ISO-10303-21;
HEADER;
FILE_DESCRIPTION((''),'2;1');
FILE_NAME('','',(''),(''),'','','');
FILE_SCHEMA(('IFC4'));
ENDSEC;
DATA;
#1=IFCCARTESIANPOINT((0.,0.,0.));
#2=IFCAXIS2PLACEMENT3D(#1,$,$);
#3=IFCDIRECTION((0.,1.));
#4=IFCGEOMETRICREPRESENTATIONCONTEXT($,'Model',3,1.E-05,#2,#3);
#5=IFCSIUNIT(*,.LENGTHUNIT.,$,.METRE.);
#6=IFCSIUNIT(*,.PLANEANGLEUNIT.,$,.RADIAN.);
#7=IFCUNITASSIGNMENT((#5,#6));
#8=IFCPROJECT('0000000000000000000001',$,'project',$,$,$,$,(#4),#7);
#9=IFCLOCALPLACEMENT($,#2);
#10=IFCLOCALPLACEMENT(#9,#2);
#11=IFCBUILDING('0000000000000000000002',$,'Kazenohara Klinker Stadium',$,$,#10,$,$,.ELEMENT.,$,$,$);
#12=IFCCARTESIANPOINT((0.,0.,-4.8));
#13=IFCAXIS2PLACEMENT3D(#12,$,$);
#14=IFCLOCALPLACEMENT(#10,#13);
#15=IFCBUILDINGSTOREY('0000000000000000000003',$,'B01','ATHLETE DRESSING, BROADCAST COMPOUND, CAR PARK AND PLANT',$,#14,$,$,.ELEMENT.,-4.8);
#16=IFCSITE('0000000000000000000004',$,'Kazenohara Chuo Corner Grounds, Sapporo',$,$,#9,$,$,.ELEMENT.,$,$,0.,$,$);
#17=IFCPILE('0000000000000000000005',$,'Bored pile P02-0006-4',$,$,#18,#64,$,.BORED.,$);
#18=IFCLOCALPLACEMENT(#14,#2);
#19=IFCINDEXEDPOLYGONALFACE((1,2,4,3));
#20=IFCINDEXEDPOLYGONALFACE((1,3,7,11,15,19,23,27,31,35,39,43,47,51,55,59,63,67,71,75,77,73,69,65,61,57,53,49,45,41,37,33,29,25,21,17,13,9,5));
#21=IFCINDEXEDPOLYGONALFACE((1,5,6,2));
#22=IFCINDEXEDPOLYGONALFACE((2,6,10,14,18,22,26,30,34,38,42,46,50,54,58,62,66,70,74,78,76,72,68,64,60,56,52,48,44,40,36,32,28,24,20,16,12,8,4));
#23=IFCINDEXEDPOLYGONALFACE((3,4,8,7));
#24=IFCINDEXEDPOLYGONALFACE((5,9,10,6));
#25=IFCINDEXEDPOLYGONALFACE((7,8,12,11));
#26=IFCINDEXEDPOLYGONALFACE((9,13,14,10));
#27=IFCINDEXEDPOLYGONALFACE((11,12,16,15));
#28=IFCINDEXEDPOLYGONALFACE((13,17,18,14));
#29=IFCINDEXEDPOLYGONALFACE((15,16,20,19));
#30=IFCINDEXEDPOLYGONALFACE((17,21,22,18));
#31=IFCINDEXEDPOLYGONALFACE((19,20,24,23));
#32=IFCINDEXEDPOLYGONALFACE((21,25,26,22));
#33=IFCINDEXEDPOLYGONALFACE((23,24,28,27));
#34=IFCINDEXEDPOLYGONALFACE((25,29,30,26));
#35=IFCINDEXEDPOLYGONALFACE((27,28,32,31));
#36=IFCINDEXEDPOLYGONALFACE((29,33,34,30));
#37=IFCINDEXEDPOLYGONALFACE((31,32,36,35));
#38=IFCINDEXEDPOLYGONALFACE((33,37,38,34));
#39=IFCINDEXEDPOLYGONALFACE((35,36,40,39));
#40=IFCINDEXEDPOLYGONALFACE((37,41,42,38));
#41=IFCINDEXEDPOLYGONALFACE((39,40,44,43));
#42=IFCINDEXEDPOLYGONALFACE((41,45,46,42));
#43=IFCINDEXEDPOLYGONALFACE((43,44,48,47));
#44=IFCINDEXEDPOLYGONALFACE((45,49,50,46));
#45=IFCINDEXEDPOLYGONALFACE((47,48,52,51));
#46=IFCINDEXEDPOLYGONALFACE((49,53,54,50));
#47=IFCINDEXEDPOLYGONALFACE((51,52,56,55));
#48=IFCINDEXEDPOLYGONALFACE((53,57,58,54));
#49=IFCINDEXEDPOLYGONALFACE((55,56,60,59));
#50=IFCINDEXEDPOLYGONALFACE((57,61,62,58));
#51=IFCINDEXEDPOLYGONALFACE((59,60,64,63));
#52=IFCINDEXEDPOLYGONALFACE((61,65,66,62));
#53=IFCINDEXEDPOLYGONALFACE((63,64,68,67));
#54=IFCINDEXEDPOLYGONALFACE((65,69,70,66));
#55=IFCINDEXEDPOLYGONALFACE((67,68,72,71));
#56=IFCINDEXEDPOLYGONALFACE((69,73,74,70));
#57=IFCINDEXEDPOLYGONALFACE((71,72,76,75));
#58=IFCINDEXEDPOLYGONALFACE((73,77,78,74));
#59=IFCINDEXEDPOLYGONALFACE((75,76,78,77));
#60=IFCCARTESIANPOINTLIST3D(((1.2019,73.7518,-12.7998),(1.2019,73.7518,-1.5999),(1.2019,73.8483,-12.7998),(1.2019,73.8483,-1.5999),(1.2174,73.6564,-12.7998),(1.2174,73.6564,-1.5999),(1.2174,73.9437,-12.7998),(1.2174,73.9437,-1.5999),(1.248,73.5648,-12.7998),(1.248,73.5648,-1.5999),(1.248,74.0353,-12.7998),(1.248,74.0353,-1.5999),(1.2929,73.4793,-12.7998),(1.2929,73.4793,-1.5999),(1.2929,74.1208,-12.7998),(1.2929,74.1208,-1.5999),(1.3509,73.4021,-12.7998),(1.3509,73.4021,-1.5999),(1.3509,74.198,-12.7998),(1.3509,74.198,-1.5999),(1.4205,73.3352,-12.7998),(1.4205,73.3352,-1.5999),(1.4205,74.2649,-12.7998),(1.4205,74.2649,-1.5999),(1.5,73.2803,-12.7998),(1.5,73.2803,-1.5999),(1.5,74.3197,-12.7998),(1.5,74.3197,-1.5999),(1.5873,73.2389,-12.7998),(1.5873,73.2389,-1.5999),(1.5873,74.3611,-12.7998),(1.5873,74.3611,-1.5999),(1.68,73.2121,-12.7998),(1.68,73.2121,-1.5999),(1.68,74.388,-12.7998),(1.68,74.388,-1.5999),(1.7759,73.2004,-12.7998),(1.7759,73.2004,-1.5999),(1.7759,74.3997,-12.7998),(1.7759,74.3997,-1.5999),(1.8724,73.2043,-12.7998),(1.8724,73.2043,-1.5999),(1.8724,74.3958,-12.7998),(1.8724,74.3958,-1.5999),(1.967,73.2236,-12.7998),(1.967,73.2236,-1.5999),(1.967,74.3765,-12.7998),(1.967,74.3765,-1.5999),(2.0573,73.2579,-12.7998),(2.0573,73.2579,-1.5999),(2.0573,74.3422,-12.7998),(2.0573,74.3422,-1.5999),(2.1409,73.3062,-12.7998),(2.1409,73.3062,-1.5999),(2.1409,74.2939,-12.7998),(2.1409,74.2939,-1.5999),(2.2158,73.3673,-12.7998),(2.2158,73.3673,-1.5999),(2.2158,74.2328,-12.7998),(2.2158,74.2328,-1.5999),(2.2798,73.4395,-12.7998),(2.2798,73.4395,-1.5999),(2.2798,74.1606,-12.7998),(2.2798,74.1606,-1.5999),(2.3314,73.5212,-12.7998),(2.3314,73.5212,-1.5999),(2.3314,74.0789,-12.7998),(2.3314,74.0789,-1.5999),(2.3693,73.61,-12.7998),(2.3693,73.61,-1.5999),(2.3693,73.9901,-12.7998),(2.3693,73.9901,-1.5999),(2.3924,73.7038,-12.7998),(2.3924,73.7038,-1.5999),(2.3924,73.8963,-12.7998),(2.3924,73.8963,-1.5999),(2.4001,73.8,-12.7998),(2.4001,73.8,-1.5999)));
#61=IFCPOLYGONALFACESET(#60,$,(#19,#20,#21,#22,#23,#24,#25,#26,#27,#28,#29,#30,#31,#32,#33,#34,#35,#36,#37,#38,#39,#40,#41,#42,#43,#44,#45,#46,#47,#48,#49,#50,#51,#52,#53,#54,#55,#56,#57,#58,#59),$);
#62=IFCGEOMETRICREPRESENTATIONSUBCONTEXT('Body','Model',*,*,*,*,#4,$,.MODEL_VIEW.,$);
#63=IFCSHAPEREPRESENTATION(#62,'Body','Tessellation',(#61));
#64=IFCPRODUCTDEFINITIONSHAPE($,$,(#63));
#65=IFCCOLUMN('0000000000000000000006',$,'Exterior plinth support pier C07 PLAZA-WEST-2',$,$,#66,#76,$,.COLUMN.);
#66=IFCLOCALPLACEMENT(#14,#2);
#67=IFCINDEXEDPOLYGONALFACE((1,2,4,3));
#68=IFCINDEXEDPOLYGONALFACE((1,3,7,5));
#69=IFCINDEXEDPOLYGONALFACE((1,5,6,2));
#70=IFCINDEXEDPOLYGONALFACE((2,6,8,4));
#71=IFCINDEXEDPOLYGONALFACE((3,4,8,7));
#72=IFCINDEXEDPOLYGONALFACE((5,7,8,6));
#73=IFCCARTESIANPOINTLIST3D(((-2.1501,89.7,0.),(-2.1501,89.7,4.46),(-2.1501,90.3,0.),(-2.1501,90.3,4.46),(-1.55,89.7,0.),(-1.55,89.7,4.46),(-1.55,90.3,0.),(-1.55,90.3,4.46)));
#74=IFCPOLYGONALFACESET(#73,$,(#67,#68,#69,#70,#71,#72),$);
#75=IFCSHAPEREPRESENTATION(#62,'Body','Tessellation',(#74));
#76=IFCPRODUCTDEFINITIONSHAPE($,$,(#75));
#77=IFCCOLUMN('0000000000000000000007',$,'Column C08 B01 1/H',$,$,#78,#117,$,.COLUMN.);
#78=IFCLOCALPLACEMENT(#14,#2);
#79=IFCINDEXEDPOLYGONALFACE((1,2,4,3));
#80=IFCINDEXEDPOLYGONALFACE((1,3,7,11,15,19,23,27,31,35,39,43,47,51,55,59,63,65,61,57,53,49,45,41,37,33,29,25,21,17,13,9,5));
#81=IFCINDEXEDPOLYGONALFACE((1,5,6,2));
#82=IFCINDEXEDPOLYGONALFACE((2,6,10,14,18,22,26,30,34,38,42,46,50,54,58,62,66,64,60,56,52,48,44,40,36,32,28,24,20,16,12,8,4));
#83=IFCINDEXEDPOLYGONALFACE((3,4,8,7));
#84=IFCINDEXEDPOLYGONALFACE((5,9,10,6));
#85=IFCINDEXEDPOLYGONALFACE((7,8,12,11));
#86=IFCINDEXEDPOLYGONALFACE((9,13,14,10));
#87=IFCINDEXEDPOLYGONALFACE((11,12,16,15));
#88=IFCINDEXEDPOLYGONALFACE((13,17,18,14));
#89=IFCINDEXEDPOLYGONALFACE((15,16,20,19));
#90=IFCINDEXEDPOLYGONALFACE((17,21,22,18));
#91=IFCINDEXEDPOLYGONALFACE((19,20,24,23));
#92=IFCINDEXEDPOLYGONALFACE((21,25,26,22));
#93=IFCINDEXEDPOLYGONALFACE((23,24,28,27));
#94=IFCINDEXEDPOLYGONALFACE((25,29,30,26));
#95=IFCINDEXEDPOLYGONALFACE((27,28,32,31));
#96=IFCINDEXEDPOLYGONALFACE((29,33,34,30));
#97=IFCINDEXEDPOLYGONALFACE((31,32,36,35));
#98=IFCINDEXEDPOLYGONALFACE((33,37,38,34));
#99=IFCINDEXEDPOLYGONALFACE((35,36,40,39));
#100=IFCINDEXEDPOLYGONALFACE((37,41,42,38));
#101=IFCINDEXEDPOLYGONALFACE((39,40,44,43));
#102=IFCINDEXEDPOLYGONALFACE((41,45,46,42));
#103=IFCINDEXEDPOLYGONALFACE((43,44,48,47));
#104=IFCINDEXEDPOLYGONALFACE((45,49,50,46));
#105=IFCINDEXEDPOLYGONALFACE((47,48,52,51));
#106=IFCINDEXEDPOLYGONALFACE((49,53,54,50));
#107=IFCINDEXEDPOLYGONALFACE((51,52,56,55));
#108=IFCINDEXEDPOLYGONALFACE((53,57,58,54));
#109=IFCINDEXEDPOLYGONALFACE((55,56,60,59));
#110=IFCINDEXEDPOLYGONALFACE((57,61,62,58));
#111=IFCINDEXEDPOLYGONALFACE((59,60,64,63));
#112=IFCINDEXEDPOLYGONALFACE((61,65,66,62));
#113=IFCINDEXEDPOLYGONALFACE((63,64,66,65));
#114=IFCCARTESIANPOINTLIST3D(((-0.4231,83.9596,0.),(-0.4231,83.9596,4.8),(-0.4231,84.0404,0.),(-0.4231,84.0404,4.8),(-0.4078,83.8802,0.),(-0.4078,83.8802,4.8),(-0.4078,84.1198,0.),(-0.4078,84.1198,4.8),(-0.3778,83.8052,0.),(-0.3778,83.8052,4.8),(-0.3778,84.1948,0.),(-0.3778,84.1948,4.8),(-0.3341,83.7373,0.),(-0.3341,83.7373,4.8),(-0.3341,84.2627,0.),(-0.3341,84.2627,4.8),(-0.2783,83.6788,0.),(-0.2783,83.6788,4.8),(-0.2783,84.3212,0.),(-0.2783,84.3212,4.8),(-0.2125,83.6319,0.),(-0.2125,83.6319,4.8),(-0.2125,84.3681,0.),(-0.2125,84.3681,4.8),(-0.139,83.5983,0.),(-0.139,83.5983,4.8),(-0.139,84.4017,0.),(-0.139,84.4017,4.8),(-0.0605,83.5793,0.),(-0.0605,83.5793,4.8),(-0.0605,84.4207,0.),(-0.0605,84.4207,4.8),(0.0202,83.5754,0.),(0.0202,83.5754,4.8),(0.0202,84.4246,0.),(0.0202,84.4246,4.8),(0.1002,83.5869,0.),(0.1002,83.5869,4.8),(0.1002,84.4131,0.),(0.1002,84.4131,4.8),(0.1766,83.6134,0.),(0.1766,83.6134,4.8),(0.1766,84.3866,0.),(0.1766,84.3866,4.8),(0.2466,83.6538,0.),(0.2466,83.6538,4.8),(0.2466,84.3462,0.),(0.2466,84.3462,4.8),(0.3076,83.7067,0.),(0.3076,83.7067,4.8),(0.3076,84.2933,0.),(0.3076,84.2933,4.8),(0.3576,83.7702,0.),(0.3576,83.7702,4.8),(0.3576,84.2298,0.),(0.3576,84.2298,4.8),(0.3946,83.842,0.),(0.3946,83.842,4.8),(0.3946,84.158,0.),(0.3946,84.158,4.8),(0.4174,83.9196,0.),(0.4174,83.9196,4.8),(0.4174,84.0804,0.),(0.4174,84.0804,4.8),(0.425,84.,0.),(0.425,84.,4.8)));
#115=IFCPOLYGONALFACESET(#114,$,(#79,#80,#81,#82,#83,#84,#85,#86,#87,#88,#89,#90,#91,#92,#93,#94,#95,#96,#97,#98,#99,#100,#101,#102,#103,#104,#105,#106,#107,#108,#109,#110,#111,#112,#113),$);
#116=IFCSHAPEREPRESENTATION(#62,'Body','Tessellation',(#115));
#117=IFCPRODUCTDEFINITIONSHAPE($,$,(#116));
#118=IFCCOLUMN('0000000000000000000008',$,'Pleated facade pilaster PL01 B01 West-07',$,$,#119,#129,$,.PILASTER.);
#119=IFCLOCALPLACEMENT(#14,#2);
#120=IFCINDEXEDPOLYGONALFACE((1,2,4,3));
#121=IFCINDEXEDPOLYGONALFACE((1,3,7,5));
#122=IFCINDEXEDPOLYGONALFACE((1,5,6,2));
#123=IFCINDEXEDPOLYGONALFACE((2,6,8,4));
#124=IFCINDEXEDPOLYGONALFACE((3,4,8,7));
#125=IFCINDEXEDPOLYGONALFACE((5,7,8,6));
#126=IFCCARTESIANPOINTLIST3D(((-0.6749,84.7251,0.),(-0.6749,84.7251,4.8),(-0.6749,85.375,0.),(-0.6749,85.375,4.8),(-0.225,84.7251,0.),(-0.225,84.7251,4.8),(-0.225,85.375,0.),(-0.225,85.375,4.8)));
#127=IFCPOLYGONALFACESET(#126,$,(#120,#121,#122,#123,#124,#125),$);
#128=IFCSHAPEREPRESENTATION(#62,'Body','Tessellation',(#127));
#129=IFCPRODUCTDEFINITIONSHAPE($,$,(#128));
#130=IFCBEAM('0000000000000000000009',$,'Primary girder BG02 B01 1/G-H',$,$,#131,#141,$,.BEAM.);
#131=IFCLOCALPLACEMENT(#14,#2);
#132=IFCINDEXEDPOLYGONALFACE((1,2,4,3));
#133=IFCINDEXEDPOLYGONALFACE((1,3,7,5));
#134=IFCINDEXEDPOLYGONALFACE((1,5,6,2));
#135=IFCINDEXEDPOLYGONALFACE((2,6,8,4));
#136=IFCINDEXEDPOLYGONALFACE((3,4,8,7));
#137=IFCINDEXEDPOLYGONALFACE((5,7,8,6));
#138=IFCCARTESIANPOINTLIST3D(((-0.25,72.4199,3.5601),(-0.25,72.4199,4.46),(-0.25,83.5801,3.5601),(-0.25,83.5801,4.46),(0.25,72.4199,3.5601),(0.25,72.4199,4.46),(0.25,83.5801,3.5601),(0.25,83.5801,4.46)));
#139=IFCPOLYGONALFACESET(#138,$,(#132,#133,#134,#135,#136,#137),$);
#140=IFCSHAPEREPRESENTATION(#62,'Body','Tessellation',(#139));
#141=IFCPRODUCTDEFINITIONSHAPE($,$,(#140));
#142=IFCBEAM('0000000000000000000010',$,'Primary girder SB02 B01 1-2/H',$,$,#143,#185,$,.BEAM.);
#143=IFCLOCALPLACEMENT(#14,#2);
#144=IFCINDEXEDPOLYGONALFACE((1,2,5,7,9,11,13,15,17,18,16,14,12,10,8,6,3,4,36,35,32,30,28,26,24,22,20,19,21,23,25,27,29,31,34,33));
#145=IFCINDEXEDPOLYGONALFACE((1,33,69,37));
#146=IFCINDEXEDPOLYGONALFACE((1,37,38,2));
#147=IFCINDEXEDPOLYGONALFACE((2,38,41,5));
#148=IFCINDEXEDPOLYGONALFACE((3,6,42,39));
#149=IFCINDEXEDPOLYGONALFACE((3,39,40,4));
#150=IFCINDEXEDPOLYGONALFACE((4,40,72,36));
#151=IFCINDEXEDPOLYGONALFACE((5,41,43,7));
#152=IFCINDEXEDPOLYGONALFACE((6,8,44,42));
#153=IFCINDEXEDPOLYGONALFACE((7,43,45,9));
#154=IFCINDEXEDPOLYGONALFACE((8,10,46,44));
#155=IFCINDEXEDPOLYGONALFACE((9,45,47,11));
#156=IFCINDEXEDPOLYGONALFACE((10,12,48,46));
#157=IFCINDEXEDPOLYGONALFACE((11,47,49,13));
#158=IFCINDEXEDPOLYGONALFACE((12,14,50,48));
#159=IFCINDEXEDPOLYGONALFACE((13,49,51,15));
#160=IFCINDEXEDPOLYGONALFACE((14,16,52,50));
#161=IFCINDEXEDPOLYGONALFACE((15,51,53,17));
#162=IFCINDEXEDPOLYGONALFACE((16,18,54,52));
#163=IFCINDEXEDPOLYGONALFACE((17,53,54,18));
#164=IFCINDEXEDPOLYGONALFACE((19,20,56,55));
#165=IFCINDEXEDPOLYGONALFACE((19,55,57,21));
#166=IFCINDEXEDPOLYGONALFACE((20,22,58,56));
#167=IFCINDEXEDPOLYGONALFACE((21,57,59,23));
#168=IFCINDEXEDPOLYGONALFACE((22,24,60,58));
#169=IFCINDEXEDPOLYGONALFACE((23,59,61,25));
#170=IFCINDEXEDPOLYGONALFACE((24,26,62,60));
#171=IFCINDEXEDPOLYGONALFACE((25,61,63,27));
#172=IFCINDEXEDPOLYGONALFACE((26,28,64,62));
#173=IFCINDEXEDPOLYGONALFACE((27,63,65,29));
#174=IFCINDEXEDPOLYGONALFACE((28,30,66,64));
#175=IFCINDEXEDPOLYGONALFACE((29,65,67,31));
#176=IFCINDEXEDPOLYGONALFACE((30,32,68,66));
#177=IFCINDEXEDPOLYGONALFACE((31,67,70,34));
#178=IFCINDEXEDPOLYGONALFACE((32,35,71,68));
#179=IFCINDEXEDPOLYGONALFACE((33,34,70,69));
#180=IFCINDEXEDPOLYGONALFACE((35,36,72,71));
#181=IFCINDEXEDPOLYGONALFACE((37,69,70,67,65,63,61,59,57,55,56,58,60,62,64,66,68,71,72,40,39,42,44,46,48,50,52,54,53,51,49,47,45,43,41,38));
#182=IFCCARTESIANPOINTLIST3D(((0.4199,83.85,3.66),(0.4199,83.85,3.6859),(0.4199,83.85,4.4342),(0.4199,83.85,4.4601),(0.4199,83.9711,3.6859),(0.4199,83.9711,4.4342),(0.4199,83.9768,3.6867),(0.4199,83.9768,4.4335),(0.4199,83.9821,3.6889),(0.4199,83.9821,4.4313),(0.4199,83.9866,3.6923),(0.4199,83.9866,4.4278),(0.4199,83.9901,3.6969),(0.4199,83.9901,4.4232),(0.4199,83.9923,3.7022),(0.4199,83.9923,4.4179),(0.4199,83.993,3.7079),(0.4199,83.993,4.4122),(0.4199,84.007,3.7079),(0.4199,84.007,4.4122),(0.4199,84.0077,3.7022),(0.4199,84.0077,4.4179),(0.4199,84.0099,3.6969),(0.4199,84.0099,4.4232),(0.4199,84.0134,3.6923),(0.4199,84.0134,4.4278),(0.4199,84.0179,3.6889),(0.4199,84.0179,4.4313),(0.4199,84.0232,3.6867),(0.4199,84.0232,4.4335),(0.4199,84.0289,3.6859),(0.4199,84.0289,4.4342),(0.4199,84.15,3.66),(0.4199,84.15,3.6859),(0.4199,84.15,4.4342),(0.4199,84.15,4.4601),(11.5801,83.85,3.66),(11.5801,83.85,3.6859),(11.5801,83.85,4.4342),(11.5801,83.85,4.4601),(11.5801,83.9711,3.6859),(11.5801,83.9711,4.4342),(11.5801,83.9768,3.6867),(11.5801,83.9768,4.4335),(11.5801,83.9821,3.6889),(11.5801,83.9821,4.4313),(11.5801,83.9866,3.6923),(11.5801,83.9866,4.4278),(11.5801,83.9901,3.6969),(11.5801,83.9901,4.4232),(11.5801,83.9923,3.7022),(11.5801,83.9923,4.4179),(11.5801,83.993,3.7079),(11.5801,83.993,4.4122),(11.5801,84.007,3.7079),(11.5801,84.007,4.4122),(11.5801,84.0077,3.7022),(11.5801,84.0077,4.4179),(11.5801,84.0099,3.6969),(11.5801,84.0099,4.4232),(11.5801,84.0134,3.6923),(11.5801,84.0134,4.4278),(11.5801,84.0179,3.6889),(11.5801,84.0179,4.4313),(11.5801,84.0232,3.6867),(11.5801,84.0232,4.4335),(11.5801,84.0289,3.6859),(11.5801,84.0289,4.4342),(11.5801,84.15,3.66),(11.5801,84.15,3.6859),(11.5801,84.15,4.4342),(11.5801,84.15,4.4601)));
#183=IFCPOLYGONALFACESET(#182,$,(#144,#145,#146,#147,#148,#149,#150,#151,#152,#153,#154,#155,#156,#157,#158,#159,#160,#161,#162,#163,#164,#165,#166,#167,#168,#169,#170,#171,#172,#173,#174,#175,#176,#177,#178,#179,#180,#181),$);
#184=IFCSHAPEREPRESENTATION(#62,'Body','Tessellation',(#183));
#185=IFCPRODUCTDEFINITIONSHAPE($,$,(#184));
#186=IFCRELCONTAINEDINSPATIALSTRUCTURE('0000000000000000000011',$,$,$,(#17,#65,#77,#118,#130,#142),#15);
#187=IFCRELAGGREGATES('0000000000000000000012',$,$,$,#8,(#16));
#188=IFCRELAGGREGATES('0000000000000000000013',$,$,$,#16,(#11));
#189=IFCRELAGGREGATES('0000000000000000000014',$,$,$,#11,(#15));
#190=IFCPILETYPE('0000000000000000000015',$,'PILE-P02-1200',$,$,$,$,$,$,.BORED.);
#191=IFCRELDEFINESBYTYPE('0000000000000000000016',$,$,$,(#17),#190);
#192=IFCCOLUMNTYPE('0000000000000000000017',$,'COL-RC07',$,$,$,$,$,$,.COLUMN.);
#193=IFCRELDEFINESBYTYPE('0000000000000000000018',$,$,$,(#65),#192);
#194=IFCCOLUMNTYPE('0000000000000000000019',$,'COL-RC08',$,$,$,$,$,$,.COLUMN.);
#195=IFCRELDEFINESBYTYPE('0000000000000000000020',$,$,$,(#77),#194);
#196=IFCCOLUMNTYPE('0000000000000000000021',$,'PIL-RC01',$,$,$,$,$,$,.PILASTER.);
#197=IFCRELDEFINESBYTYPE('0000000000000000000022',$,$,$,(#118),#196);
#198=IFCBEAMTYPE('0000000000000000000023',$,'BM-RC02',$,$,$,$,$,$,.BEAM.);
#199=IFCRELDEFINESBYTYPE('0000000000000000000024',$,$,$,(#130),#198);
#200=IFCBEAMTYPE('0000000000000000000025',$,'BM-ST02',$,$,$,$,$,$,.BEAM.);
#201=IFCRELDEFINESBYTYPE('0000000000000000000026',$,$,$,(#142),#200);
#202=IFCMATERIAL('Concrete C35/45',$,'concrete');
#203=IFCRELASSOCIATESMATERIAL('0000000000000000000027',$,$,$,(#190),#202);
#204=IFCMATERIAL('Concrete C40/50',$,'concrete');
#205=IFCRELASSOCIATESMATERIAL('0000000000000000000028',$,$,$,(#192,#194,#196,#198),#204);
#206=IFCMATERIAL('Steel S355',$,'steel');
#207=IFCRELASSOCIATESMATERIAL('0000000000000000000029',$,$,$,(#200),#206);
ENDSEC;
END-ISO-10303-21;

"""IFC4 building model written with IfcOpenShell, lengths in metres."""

from ifc_helpers import new_model, si_unit, direction, frame, origin, origin_2d, place, context, subcontext, project, spatial, rectangle, circle, i_section, extrude, material, material_profile, profile_set, type_object, element, save


model = new_model("IFC4")

# Units and contexts
model_context = context("Model", 3, precision=1e-05, world=origin(), true_north=direction((0.0, 1.0)))
body_context = subcontext(model_context, "Body", "Model", "MODEL_VIEW")
ifc_project = project(units=[si_unit("LENGTHUNIT", "METRE"), si_unit("PLANEANGLEUNIT", "RADIAN")], contexts=[model_context])

# Site, building, storey
site_placement = place(None, origin())
site = spatial("IfcSite", under=ifc_project, at=site_placement, Name="Kazenohara Chuo Corner Grounds, Sapporo", CompositionType="ELEMENT", RefElevation=0.0)
building_placement = place(site_placement, origin())
building = spatial("IfcBuilding", under=site, at=building_placement, Name="Kazenohara Klinker Stadium", CompositionType="ELEMENT")
storey_placement = place(building_placement, frame((0.0, 0.0, -4.8)))
storey = spatial("IfcBuildingStorey", under=building, at=storey_placement, Name="B01", Description="ATHLETE DRESSING, BROADCAST COMPOUND, CAR PARK AND PLANT", CompositionType="ELEMENT", Elevation=-4.8)

# Shared definitions
ifc_material_1 = material(Name="Concrete C35/45", Category="concrete")

# Pile
ifc_material_profile_1 = material_profile(ifc_material_1, circle(Radius=0.6001, at=origin_2d()), Name="BORED-PILE-1200")
ifc_profile_set_1 = profile_set([ifc_material_profile_1], Name="Concrete C35/45")
pile_type_1 = type_object("IfcPileType", Name="PILE-P02-1200", PredefinedType="BORED", material=ifc_profile_set_1)
for number, where, z_axis, x_axis, name in (
    (1, (1.8, 73.8, -1.5999), (0.0, 0.0, -1.0), (1.0, 0.0, 0.0), "Bored pile P02-0006-4"),
):
    element("IfcPile", number, at=place(storey_placement, frame(where, z_axis=z_axis, x_axis=x_axis)), inside=storey, type_object=pile_type_1, Name=name, PredefinedType="BORED", context=body_context, shape_type="SweptSolid", body=[
        extrude(circle(Radius=0.6001, at=origin_2d()), origin(), (0.0, 0.0, 1.0), 11.2),
    ])

# Columns
ifc_material_2 = material(Name="Concrete C40/50", Category="concrete")
ifc_material_profile_2 = material_profile(ifc_material_2, rectangle(XDim=0.6001, YDim=0.6001, at=origin_2d()), Name="RC-COL-600x600")
ifc_profile_set_2 = profile_set([ifc_material_profile_2], Name="Concrete C40/50")
column_type_1 = type_object("IfcColumnType", Name="COL-RC07", PredefinedType="COLUMN", material=ifc_profile_set_2)
column_1_placement = place(storey_placement, frame((-1.8501, 90.0, 0.0), z_axis=(0.0, 0.0, 1.0), x_axis=(1.0, 0.0, 0.0)))
element("IfcColumn", 2, at=column_1_placement, inside=storey, type_object=column_type_1, Name="Exterior plinth support pier C07 PLAZA-WEST-2", PredefinedType="COLUMN", context=body_context, shape_type="SweptSolid", body=[
    extrude(rectangle(XDim=0.6001, YDim=0.6001, at=origin_2d()), origin(), (0.0, 0.0, 1.0), 4.46),
])
ifc_material_profile_3 = material_profile(ifc_material_2, circle(Radius=0.425, at=origin_2d()), Name="RC-COL-D850")
ifc_profile_set_3 = profile_set([ifc_material_profile_3], Name="Concrete C40/50")
column_type_2 = type_object("IfcColumnType", Name="COL-RC08", PredefinedType="COLUMN", material=ifc_profile_set_3)
column_2_placement = place(storey_placement, frame((0.0, 84.0, 0.0), z_axis=(0.0, 0.0, 1.0), x_axis=(1.0, 0.0, 0.0)))
element("IfcColumn", 3, at=column_2_placement, inside=storey, type_object=column_type_2, Name="Column C08 B01 1/H", PredefinedType="COLUMN", context=body_context, shape_type="SweptSolid", body=[
    extrude(circle(Radius=0.425, at=origin_2d()), origin(), (0.0, 0.0, 1.0), 4.8),
])
ifc_material_profile_4 = material_profile(ifc_material_2, rectangle(XDim=0.45, YDim=0.6499, at=origin_2d()), Name="RC-PILASTER-450x650")
ifc_profile_set_4 = profile_set([ifc_material_profile_4], Name="Concrete C40/50")
column_type_3 = type_object("IfcColumnType", Name="PIL-RC01", PredefinedType="PILASTER", material=ifc_profile_set_4)
column_3_placement = place(storey_placement, frame((-0.45, 85.05, 0.0), z_axis=(0.0, 0.0, 1.0), x_axis=(1.0, 0.0, 0.0)))
element("IfcColumn", 4, at=column_3_placement, inside=storey, type_object=column_type_3, Name="Pleated facade pilaster PL01 B01 West-07", PredefinedType="PILASTER", context=body_context, shape_type="SweptSolid", body=[
    extrude(rectangle(XDim=0.45, YDim=0.6499, at=origin_2d()), origin(), (0.0, 0.0, 1.0), 4.8),
])

# Beams
ifc_material_profile_5 = material_profile(ifc_material_2, rectangle(XDim=0.5, YDim=0.8999, at=origin_2d()), Name="RC-BM-500x900")
ifc_profile_set_5 = profile_set([ifc_material_profile_5], Name="Concrete C40/50")
beam_type_1 = type_object("IfcBeamType", Name="BM-RC02", PredefinedType="BEAM", material=ifc_profile_set_5)
beam_placement = place(storey_placement, frame((0.0, 72.4199, 4.01), z_axis=(0.0, 1.0, 0.0), x_axis=(-1.0, 0.0, 0.0)))
element("IfcBeam", 5, at=beam_placement, inside=storey, type_object=beam_type_1, Name="Primary girder BG02 B01 1/G-H", PredefinedType="BEAM", context=body_context, shape_type="SweptSolid", body=[
    extrude(rectangle(XDim=0.5, YDim=0.8999, at=origin_2d()), origin(), (0.0, 0.0, 1.0), 11.1602),
])
ifc_material_3 = material(Name="Steel S355", Category="steel")
ifc_material_profile_6 = material_profile(ifc_material_3, i_section(OverallWidth=0.3, OverallDepth=0.8, WebThickness=0.0139, FlangeThickness=0.0259, FilletRadius=0.022, at=origin_2d()), Name="H-800x300x14x26")
ifc_profile_set_6 = profile_set([ifc_material_profile_6], Name="Steel S355")
beam_type_2 = type_object("IfcBeamType", Name="BM-ST02", PredefinedType="BEAM", material=ifc_profile_set_6)
for number, where, z_axis, x_axis, name in (
    (6, (0.4199, 84.0, 4.0601), (1.0, 0.0, 0.0), (0.0, 1.0, 0.0), "Primary girder SB02 B01 1-2/H"),
):
    element("IfcBeam", number, at=place(storey_placement, frame(where, z_axis=z_axis, x_axis=x_axis)), inside=storey, type_object=beam_type_2, Name=name, PredefinedType="BEAM", context=body_context, shape_type="SweptSolid", body=[
        extrude(i_section(OverallWidth=0.3, OverallDepth=0.8, WebThickness=0.0139, FlangeThickness=0.0259, FilletRadius=0.022, at=origin_2d()), origin(), (0.0, 0.0, 1.0), 11.1602),
    ])

save(model, "model.ifc")
